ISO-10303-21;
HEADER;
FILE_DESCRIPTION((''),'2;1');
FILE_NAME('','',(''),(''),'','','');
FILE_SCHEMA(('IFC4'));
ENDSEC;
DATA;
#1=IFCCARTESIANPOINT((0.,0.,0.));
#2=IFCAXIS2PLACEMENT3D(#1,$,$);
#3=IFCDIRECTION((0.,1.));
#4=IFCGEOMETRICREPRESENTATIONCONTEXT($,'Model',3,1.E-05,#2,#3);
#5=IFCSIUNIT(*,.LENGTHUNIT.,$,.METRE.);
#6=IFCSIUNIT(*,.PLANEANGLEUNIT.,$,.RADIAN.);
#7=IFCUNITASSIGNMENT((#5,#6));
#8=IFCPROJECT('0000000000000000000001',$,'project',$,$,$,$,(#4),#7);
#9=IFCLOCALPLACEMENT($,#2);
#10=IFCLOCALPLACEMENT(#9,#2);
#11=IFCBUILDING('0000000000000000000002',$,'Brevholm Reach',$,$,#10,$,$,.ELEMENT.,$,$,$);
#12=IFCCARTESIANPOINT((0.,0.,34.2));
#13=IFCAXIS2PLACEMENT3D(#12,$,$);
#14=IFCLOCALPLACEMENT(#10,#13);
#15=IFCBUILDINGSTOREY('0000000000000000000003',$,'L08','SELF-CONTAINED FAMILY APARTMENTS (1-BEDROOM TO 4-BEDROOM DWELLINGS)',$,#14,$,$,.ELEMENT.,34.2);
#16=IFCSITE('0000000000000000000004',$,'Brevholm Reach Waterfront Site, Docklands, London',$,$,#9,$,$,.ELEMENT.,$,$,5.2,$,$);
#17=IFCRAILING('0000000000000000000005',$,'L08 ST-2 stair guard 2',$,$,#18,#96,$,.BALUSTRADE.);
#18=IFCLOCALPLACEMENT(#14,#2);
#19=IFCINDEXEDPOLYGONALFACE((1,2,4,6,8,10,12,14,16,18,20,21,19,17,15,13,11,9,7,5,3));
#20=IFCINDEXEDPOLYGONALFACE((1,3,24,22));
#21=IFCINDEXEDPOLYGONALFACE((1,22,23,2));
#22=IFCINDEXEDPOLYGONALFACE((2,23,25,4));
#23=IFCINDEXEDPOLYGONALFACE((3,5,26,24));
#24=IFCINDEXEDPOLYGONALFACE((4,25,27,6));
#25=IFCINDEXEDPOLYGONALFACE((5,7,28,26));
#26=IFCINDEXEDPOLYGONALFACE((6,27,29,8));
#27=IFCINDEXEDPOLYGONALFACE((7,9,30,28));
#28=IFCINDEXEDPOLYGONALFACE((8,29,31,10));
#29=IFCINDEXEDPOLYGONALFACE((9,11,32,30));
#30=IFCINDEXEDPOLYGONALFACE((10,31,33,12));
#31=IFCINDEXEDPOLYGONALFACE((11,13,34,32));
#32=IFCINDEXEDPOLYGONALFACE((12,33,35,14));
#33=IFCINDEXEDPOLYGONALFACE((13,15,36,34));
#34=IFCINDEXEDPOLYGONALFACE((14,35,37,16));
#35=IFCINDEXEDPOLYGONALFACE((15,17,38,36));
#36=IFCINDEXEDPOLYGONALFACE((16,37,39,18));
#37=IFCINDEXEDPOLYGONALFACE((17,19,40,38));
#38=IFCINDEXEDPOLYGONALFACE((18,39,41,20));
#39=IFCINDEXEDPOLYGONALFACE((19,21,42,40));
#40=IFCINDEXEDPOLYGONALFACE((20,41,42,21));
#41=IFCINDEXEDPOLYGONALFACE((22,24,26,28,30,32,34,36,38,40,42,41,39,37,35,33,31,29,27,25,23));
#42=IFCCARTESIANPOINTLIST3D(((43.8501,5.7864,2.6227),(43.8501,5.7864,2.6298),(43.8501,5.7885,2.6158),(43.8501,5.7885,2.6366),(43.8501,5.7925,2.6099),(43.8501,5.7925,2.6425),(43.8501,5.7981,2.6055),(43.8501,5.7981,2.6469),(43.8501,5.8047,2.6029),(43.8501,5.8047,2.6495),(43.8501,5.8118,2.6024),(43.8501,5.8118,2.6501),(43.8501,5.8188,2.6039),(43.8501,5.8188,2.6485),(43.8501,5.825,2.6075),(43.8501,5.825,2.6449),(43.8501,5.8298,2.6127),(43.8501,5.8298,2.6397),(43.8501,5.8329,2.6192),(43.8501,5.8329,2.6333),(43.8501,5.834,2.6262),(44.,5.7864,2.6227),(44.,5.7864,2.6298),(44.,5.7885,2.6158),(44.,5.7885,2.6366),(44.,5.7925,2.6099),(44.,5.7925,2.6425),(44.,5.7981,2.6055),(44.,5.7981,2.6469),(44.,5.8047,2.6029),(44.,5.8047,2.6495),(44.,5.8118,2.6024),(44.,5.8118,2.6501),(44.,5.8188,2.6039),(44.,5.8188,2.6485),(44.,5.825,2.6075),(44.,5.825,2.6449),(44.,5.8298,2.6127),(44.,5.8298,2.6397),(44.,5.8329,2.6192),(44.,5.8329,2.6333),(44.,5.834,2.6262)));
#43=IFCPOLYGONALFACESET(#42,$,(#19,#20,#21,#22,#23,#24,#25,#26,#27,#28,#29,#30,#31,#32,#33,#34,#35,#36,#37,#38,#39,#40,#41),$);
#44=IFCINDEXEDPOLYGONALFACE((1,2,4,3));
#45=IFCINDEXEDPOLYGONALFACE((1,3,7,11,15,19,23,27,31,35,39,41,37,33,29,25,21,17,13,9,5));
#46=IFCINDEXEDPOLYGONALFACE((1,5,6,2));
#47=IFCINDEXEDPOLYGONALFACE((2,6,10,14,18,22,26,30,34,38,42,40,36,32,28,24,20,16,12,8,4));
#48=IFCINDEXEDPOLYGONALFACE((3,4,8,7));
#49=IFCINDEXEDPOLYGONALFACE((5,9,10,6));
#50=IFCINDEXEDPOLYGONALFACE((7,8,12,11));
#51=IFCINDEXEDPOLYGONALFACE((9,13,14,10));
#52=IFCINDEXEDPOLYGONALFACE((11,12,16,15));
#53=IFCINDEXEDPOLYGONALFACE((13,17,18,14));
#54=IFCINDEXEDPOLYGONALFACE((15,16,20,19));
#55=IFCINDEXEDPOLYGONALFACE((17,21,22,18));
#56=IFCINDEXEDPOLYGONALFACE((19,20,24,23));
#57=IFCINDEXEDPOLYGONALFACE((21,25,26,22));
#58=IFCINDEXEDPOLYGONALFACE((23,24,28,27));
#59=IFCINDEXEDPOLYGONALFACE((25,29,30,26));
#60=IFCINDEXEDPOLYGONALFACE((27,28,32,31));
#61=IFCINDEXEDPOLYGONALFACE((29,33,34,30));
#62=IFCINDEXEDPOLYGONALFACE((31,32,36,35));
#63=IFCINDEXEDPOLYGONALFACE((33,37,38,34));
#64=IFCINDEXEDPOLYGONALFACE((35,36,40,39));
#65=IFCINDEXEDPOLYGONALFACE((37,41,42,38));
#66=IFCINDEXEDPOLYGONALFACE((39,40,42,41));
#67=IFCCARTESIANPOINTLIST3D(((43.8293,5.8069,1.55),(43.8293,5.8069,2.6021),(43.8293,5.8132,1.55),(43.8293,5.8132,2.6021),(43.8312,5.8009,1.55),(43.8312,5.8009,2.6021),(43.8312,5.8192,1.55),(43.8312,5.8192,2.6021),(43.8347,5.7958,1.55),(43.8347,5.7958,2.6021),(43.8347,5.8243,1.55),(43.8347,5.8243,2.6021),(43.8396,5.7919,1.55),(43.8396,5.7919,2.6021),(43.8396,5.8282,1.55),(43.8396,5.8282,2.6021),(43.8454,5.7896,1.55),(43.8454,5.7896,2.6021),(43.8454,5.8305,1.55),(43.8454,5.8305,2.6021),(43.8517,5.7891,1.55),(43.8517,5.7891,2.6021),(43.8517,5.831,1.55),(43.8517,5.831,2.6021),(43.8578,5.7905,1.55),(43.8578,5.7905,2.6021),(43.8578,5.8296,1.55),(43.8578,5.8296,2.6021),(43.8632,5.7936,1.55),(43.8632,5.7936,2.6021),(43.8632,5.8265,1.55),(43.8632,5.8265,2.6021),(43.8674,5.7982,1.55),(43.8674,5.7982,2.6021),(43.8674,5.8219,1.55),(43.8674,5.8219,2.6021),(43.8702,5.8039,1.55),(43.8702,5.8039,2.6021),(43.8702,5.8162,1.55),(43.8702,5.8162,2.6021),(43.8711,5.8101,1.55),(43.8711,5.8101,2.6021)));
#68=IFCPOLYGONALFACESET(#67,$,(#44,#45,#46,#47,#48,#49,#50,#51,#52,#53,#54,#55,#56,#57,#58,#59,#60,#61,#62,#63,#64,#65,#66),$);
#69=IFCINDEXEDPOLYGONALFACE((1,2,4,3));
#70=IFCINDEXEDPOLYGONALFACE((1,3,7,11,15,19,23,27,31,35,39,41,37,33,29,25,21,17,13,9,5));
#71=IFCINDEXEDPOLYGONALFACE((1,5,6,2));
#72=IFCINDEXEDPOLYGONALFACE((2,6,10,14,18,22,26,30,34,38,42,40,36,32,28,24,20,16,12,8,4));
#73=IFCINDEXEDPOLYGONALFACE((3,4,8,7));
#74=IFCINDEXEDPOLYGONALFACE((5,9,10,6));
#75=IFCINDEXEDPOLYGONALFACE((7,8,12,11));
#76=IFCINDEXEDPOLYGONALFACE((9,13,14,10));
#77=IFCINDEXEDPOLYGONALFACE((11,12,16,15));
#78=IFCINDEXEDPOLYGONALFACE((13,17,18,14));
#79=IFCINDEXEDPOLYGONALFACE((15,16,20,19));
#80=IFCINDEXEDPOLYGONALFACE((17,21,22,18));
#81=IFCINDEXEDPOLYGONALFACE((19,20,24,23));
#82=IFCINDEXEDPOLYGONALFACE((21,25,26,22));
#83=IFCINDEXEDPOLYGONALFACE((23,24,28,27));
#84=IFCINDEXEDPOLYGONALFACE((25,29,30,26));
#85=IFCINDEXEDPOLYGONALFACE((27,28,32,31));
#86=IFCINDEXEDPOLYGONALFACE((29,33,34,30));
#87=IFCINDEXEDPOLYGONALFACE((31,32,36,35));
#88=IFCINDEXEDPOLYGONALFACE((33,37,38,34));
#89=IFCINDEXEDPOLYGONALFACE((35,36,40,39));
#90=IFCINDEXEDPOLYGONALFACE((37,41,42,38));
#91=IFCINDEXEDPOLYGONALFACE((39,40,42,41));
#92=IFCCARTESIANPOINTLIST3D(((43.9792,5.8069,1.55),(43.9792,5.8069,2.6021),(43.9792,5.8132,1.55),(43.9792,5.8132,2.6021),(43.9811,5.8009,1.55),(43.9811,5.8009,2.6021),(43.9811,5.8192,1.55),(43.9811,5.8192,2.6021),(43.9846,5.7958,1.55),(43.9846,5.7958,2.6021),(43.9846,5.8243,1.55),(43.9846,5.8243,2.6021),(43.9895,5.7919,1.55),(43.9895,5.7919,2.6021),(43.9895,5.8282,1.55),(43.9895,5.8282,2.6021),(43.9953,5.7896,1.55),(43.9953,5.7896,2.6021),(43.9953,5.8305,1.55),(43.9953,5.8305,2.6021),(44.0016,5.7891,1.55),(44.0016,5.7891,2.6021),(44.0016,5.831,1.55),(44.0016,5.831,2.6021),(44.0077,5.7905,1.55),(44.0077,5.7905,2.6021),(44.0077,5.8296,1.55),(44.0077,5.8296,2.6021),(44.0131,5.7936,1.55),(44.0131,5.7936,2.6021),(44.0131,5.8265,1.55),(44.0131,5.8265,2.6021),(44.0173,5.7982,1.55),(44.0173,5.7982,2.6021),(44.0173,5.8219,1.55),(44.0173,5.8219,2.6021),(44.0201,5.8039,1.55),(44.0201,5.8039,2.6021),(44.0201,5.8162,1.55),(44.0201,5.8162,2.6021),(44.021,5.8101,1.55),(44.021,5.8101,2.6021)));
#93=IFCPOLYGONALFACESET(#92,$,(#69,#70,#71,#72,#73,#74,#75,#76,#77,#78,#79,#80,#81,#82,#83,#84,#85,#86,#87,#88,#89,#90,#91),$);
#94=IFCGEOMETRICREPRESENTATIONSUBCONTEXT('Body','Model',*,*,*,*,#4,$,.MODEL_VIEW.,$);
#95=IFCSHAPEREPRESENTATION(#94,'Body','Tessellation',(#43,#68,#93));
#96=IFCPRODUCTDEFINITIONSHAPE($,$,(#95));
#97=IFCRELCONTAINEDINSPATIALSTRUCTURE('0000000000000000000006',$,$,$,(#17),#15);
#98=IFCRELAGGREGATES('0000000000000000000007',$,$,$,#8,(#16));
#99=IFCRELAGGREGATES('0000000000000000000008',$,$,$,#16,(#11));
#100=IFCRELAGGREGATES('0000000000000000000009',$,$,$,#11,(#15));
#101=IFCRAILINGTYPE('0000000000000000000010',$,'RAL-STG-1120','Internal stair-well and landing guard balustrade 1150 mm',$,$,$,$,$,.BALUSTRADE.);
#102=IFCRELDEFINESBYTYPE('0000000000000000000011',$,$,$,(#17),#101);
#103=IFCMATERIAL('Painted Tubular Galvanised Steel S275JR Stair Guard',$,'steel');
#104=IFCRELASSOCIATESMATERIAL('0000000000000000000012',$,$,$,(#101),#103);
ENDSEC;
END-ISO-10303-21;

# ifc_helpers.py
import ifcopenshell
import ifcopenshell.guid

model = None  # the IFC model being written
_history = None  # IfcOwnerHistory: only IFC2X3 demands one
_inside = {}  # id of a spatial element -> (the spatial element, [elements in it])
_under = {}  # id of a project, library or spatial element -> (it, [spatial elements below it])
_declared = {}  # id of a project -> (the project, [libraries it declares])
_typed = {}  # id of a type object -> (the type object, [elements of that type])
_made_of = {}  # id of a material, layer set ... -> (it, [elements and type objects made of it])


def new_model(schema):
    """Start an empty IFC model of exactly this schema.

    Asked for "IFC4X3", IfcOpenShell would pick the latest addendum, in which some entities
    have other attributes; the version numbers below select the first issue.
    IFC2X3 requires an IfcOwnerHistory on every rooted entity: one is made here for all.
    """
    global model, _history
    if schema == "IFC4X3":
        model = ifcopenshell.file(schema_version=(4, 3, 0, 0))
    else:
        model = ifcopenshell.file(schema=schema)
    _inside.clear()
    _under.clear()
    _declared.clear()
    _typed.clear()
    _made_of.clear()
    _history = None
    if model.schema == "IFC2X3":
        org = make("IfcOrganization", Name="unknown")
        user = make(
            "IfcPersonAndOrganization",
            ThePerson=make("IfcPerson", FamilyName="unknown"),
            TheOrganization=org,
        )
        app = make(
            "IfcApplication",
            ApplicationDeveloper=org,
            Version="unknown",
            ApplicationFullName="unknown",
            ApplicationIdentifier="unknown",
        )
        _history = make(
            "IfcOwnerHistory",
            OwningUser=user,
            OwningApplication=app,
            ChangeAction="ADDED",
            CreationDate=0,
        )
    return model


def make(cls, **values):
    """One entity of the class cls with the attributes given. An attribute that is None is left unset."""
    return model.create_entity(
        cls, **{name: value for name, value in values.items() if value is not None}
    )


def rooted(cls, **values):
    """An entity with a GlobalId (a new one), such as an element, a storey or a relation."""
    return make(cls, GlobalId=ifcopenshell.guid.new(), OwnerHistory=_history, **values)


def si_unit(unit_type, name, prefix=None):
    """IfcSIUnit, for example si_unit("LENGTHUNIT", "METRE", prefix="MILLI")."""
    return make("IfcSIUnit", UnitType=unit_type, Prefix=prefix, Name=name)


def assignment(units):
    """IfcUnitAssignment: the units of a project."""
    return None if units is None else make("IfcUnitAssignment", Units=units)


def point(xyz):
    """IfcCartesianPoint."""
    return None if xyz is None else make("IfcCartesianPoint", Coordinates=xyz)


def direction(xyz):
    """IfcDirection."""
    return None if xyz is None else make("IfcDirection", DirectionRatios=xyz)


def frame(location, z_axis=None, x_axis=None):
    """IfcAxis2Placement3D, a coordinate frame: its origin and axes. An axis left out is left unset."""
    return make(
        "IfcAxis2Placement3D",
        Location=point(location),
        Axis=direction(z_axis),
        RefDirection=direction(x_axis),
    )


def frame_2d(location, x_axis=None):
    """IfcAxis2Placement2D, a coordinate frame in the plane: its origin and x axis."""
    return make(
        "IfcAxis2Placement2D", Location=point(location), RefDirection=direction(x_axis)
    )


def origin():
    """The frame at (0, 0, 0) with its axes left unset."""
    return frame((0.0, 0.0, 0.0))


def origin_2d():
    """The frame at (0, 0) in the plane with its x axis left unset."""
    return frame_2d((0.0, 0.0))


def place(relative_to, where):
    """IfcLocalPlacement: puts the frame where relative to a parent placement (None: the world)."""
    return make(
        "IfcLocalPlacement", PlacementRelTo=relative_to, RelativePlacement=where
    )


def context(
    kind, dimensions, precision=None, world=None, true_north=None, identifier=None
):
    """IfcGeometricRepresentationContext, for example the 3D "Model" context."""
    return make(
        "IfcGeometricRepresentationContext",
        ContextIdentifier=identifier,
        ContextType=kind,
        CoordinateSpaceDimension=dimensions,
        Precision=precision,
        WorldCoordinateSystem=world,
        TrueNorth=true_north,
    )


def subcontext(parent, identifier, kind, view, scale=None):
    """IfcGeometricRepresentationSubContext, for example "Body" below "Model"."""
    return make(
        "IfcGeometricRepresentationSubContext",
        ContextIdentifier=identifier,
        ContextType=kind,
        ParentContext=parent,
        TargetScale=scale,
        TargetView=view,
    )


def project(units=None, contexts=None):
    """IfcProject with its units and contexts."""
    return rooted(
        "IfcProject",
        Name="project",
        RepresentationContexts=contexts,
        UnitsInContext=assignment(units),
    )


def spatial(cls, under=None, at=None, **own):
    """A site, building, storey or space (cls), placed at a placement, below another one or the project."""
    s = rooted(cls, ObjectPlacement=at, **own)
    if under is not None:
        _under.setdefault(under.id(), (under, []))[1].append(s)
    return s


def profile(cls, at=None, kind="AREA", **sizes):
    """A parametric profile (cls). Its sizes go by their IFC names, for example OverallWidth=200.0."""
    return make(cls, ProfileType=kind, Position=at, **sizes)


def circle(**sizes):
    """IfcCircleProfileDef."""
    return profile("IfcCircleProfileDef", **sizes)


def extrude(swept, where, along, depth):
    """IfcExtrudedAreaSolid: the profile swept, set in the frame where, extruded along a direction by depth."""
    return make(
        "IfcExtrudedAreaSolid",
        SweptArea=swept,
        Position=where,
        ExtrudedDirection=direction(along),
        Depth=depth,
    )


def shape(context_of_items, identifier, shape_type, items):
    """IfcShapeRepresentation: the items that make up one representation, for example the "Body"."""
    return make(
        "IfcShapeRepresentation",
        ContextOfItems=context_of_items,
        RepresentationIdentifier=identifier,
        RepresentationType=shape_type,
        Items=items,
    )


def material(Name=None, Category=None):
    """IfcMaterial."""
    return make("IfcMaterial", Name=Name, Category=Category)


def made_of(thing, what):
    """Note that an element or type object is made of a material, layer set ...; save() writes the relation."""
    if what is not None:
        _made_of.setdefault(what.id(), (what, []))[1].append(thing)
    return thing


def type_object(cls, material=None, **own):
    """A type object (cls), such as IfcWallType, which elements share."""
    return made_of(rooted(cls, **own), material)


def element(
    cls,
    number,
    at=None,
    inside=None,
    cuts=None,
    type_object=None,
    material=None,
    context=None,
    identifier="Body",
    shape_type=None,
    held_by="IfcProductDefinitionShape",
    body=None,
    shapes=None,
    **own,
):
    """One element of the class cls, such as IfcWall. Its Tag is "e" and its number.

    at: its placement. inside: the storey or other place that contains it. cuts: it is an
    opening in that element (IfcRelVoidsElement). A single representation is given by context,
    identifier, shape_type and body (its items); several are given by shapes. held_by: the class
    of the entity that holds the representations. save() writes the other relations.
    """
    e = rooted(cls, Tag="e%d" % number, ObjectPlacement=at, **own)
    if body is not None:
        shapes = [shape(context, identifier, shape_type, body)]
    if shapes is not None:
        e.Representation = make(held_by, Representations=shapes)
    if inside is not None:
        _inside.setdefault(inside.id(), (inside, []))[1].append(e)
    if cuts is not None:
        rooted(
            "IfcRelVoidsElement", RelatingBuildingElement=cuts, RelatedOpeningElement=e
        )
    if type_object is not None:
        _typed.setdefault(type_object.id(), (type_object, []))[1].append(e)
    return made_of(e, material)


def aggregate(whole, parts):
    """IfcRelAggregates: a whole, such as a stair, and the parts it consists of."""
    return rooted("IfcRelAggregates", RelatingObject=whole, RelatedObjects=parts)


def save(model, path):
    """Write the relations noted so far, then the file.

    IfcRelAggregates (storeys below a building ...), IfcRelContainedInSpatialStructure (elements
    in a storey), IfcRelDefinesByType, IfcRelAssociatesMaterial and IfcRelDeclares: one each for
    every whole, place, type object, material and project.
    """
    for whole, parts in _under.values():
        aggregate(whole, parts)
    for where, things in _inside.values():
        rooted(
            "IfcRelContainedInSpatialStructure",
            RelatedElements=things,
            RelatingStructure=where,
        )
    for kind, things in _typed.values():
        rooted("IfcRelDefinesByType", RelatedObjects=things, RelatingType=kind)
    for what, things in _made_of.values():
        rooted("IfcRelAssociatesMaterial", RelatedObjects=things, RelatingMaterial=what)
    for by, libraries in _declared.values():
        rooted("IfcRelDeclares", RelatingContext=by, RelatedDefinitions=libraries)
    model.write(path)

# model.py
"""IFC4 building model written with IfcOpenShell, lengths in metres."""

from ifc_helpers import new_model, si_unit, direction, frame, origin, origin_2d, place, context, subcontext, project, spatial, circle, extrude, material, type_object, element, save


model = new_model("IFC4")

# Units and contexts
model_context = context("Model", 3, precision=1e-05, world=origin(), true_north=direction((0.0, 1.0)))
body_context = subcontext(model_context, "Body", "Model", "MODEL_VIEW")
ifc_project = project(units=[si_unit("LENGTHUNIT", "METRE"), si_unit("PLANEANGLEUNIT", "RADIAN")], contexts=[model_context])

# Site, building, storey
site_placement = place(None, origin())
site = spatial("IfcSite", under=ifc_project, at=site_placement, Name="Brevholm Reach Waterfront Site, Docklands, London", CompositionType="ELEMENT", RefElevation=5.2)
building_placement = place(site_placement, origin())
building = spatial("IfcBuilding", under=site, at=building_placement, Name="Brevholm Reach", CompositionType="ELEMENT")
storey_placement = place(building_placement, frame((0.0, 0.0, 34.2)))
storey = spatial("IfcBuildingStorey", under=building, at=storey_placement, Name="L08", Description="SELF-CONTAINED FAMILY APARTMENTS (1-BEDROOM TO 4-BEDROOM DWELLINGS)", CompositionType="ELEMENT", Elevation=34.2)

# Railing
ifc_material_1 = material(Name="Painted Tubular Galvanised Steel S275JR Stair Guard", Category="steel")
railing_type_1 = type_object("IfcRailingType", Name="RAL-STG-1120", Description="Internal stair-well and landing guard balustrade 1150 mm", PredefinedType="BALUSTRADE", material=ifc_material_1)
railing_1_placement = place(storey_placement, frame((43.8501, 5.8101, 1.55)))
element("IfcRailing", 1, at=railing_1_placement, inside=storey, type_object=railing_type_1, Name="L08 ST-2 stair guard 2", PredefinedType="BALUSTRADE", context=body_context, shape_type="SweptSolid", body=[
    extrude(circle(Radius=0.0239, at=origin_2d()), frame((0.0, 0.0, 1.0762), z_axis=(1.0, 0.0, 0.0), x_axis=(0.0, 1.0, 0.0)), (0.0, 0.0, 1.0), 0.1499),
    extrude(circle(Radius=0.021, at=origin_2d()), origin(), (0.0, 0.0, 1.0), 1.052),
    extrude(circle(Radius=0.021, at=origin_2d()), frame((0.1499, 0.0, 0.0)), (0.0, 0.0, 1.0), 1.052),
])

save(model, "model.ifc")
